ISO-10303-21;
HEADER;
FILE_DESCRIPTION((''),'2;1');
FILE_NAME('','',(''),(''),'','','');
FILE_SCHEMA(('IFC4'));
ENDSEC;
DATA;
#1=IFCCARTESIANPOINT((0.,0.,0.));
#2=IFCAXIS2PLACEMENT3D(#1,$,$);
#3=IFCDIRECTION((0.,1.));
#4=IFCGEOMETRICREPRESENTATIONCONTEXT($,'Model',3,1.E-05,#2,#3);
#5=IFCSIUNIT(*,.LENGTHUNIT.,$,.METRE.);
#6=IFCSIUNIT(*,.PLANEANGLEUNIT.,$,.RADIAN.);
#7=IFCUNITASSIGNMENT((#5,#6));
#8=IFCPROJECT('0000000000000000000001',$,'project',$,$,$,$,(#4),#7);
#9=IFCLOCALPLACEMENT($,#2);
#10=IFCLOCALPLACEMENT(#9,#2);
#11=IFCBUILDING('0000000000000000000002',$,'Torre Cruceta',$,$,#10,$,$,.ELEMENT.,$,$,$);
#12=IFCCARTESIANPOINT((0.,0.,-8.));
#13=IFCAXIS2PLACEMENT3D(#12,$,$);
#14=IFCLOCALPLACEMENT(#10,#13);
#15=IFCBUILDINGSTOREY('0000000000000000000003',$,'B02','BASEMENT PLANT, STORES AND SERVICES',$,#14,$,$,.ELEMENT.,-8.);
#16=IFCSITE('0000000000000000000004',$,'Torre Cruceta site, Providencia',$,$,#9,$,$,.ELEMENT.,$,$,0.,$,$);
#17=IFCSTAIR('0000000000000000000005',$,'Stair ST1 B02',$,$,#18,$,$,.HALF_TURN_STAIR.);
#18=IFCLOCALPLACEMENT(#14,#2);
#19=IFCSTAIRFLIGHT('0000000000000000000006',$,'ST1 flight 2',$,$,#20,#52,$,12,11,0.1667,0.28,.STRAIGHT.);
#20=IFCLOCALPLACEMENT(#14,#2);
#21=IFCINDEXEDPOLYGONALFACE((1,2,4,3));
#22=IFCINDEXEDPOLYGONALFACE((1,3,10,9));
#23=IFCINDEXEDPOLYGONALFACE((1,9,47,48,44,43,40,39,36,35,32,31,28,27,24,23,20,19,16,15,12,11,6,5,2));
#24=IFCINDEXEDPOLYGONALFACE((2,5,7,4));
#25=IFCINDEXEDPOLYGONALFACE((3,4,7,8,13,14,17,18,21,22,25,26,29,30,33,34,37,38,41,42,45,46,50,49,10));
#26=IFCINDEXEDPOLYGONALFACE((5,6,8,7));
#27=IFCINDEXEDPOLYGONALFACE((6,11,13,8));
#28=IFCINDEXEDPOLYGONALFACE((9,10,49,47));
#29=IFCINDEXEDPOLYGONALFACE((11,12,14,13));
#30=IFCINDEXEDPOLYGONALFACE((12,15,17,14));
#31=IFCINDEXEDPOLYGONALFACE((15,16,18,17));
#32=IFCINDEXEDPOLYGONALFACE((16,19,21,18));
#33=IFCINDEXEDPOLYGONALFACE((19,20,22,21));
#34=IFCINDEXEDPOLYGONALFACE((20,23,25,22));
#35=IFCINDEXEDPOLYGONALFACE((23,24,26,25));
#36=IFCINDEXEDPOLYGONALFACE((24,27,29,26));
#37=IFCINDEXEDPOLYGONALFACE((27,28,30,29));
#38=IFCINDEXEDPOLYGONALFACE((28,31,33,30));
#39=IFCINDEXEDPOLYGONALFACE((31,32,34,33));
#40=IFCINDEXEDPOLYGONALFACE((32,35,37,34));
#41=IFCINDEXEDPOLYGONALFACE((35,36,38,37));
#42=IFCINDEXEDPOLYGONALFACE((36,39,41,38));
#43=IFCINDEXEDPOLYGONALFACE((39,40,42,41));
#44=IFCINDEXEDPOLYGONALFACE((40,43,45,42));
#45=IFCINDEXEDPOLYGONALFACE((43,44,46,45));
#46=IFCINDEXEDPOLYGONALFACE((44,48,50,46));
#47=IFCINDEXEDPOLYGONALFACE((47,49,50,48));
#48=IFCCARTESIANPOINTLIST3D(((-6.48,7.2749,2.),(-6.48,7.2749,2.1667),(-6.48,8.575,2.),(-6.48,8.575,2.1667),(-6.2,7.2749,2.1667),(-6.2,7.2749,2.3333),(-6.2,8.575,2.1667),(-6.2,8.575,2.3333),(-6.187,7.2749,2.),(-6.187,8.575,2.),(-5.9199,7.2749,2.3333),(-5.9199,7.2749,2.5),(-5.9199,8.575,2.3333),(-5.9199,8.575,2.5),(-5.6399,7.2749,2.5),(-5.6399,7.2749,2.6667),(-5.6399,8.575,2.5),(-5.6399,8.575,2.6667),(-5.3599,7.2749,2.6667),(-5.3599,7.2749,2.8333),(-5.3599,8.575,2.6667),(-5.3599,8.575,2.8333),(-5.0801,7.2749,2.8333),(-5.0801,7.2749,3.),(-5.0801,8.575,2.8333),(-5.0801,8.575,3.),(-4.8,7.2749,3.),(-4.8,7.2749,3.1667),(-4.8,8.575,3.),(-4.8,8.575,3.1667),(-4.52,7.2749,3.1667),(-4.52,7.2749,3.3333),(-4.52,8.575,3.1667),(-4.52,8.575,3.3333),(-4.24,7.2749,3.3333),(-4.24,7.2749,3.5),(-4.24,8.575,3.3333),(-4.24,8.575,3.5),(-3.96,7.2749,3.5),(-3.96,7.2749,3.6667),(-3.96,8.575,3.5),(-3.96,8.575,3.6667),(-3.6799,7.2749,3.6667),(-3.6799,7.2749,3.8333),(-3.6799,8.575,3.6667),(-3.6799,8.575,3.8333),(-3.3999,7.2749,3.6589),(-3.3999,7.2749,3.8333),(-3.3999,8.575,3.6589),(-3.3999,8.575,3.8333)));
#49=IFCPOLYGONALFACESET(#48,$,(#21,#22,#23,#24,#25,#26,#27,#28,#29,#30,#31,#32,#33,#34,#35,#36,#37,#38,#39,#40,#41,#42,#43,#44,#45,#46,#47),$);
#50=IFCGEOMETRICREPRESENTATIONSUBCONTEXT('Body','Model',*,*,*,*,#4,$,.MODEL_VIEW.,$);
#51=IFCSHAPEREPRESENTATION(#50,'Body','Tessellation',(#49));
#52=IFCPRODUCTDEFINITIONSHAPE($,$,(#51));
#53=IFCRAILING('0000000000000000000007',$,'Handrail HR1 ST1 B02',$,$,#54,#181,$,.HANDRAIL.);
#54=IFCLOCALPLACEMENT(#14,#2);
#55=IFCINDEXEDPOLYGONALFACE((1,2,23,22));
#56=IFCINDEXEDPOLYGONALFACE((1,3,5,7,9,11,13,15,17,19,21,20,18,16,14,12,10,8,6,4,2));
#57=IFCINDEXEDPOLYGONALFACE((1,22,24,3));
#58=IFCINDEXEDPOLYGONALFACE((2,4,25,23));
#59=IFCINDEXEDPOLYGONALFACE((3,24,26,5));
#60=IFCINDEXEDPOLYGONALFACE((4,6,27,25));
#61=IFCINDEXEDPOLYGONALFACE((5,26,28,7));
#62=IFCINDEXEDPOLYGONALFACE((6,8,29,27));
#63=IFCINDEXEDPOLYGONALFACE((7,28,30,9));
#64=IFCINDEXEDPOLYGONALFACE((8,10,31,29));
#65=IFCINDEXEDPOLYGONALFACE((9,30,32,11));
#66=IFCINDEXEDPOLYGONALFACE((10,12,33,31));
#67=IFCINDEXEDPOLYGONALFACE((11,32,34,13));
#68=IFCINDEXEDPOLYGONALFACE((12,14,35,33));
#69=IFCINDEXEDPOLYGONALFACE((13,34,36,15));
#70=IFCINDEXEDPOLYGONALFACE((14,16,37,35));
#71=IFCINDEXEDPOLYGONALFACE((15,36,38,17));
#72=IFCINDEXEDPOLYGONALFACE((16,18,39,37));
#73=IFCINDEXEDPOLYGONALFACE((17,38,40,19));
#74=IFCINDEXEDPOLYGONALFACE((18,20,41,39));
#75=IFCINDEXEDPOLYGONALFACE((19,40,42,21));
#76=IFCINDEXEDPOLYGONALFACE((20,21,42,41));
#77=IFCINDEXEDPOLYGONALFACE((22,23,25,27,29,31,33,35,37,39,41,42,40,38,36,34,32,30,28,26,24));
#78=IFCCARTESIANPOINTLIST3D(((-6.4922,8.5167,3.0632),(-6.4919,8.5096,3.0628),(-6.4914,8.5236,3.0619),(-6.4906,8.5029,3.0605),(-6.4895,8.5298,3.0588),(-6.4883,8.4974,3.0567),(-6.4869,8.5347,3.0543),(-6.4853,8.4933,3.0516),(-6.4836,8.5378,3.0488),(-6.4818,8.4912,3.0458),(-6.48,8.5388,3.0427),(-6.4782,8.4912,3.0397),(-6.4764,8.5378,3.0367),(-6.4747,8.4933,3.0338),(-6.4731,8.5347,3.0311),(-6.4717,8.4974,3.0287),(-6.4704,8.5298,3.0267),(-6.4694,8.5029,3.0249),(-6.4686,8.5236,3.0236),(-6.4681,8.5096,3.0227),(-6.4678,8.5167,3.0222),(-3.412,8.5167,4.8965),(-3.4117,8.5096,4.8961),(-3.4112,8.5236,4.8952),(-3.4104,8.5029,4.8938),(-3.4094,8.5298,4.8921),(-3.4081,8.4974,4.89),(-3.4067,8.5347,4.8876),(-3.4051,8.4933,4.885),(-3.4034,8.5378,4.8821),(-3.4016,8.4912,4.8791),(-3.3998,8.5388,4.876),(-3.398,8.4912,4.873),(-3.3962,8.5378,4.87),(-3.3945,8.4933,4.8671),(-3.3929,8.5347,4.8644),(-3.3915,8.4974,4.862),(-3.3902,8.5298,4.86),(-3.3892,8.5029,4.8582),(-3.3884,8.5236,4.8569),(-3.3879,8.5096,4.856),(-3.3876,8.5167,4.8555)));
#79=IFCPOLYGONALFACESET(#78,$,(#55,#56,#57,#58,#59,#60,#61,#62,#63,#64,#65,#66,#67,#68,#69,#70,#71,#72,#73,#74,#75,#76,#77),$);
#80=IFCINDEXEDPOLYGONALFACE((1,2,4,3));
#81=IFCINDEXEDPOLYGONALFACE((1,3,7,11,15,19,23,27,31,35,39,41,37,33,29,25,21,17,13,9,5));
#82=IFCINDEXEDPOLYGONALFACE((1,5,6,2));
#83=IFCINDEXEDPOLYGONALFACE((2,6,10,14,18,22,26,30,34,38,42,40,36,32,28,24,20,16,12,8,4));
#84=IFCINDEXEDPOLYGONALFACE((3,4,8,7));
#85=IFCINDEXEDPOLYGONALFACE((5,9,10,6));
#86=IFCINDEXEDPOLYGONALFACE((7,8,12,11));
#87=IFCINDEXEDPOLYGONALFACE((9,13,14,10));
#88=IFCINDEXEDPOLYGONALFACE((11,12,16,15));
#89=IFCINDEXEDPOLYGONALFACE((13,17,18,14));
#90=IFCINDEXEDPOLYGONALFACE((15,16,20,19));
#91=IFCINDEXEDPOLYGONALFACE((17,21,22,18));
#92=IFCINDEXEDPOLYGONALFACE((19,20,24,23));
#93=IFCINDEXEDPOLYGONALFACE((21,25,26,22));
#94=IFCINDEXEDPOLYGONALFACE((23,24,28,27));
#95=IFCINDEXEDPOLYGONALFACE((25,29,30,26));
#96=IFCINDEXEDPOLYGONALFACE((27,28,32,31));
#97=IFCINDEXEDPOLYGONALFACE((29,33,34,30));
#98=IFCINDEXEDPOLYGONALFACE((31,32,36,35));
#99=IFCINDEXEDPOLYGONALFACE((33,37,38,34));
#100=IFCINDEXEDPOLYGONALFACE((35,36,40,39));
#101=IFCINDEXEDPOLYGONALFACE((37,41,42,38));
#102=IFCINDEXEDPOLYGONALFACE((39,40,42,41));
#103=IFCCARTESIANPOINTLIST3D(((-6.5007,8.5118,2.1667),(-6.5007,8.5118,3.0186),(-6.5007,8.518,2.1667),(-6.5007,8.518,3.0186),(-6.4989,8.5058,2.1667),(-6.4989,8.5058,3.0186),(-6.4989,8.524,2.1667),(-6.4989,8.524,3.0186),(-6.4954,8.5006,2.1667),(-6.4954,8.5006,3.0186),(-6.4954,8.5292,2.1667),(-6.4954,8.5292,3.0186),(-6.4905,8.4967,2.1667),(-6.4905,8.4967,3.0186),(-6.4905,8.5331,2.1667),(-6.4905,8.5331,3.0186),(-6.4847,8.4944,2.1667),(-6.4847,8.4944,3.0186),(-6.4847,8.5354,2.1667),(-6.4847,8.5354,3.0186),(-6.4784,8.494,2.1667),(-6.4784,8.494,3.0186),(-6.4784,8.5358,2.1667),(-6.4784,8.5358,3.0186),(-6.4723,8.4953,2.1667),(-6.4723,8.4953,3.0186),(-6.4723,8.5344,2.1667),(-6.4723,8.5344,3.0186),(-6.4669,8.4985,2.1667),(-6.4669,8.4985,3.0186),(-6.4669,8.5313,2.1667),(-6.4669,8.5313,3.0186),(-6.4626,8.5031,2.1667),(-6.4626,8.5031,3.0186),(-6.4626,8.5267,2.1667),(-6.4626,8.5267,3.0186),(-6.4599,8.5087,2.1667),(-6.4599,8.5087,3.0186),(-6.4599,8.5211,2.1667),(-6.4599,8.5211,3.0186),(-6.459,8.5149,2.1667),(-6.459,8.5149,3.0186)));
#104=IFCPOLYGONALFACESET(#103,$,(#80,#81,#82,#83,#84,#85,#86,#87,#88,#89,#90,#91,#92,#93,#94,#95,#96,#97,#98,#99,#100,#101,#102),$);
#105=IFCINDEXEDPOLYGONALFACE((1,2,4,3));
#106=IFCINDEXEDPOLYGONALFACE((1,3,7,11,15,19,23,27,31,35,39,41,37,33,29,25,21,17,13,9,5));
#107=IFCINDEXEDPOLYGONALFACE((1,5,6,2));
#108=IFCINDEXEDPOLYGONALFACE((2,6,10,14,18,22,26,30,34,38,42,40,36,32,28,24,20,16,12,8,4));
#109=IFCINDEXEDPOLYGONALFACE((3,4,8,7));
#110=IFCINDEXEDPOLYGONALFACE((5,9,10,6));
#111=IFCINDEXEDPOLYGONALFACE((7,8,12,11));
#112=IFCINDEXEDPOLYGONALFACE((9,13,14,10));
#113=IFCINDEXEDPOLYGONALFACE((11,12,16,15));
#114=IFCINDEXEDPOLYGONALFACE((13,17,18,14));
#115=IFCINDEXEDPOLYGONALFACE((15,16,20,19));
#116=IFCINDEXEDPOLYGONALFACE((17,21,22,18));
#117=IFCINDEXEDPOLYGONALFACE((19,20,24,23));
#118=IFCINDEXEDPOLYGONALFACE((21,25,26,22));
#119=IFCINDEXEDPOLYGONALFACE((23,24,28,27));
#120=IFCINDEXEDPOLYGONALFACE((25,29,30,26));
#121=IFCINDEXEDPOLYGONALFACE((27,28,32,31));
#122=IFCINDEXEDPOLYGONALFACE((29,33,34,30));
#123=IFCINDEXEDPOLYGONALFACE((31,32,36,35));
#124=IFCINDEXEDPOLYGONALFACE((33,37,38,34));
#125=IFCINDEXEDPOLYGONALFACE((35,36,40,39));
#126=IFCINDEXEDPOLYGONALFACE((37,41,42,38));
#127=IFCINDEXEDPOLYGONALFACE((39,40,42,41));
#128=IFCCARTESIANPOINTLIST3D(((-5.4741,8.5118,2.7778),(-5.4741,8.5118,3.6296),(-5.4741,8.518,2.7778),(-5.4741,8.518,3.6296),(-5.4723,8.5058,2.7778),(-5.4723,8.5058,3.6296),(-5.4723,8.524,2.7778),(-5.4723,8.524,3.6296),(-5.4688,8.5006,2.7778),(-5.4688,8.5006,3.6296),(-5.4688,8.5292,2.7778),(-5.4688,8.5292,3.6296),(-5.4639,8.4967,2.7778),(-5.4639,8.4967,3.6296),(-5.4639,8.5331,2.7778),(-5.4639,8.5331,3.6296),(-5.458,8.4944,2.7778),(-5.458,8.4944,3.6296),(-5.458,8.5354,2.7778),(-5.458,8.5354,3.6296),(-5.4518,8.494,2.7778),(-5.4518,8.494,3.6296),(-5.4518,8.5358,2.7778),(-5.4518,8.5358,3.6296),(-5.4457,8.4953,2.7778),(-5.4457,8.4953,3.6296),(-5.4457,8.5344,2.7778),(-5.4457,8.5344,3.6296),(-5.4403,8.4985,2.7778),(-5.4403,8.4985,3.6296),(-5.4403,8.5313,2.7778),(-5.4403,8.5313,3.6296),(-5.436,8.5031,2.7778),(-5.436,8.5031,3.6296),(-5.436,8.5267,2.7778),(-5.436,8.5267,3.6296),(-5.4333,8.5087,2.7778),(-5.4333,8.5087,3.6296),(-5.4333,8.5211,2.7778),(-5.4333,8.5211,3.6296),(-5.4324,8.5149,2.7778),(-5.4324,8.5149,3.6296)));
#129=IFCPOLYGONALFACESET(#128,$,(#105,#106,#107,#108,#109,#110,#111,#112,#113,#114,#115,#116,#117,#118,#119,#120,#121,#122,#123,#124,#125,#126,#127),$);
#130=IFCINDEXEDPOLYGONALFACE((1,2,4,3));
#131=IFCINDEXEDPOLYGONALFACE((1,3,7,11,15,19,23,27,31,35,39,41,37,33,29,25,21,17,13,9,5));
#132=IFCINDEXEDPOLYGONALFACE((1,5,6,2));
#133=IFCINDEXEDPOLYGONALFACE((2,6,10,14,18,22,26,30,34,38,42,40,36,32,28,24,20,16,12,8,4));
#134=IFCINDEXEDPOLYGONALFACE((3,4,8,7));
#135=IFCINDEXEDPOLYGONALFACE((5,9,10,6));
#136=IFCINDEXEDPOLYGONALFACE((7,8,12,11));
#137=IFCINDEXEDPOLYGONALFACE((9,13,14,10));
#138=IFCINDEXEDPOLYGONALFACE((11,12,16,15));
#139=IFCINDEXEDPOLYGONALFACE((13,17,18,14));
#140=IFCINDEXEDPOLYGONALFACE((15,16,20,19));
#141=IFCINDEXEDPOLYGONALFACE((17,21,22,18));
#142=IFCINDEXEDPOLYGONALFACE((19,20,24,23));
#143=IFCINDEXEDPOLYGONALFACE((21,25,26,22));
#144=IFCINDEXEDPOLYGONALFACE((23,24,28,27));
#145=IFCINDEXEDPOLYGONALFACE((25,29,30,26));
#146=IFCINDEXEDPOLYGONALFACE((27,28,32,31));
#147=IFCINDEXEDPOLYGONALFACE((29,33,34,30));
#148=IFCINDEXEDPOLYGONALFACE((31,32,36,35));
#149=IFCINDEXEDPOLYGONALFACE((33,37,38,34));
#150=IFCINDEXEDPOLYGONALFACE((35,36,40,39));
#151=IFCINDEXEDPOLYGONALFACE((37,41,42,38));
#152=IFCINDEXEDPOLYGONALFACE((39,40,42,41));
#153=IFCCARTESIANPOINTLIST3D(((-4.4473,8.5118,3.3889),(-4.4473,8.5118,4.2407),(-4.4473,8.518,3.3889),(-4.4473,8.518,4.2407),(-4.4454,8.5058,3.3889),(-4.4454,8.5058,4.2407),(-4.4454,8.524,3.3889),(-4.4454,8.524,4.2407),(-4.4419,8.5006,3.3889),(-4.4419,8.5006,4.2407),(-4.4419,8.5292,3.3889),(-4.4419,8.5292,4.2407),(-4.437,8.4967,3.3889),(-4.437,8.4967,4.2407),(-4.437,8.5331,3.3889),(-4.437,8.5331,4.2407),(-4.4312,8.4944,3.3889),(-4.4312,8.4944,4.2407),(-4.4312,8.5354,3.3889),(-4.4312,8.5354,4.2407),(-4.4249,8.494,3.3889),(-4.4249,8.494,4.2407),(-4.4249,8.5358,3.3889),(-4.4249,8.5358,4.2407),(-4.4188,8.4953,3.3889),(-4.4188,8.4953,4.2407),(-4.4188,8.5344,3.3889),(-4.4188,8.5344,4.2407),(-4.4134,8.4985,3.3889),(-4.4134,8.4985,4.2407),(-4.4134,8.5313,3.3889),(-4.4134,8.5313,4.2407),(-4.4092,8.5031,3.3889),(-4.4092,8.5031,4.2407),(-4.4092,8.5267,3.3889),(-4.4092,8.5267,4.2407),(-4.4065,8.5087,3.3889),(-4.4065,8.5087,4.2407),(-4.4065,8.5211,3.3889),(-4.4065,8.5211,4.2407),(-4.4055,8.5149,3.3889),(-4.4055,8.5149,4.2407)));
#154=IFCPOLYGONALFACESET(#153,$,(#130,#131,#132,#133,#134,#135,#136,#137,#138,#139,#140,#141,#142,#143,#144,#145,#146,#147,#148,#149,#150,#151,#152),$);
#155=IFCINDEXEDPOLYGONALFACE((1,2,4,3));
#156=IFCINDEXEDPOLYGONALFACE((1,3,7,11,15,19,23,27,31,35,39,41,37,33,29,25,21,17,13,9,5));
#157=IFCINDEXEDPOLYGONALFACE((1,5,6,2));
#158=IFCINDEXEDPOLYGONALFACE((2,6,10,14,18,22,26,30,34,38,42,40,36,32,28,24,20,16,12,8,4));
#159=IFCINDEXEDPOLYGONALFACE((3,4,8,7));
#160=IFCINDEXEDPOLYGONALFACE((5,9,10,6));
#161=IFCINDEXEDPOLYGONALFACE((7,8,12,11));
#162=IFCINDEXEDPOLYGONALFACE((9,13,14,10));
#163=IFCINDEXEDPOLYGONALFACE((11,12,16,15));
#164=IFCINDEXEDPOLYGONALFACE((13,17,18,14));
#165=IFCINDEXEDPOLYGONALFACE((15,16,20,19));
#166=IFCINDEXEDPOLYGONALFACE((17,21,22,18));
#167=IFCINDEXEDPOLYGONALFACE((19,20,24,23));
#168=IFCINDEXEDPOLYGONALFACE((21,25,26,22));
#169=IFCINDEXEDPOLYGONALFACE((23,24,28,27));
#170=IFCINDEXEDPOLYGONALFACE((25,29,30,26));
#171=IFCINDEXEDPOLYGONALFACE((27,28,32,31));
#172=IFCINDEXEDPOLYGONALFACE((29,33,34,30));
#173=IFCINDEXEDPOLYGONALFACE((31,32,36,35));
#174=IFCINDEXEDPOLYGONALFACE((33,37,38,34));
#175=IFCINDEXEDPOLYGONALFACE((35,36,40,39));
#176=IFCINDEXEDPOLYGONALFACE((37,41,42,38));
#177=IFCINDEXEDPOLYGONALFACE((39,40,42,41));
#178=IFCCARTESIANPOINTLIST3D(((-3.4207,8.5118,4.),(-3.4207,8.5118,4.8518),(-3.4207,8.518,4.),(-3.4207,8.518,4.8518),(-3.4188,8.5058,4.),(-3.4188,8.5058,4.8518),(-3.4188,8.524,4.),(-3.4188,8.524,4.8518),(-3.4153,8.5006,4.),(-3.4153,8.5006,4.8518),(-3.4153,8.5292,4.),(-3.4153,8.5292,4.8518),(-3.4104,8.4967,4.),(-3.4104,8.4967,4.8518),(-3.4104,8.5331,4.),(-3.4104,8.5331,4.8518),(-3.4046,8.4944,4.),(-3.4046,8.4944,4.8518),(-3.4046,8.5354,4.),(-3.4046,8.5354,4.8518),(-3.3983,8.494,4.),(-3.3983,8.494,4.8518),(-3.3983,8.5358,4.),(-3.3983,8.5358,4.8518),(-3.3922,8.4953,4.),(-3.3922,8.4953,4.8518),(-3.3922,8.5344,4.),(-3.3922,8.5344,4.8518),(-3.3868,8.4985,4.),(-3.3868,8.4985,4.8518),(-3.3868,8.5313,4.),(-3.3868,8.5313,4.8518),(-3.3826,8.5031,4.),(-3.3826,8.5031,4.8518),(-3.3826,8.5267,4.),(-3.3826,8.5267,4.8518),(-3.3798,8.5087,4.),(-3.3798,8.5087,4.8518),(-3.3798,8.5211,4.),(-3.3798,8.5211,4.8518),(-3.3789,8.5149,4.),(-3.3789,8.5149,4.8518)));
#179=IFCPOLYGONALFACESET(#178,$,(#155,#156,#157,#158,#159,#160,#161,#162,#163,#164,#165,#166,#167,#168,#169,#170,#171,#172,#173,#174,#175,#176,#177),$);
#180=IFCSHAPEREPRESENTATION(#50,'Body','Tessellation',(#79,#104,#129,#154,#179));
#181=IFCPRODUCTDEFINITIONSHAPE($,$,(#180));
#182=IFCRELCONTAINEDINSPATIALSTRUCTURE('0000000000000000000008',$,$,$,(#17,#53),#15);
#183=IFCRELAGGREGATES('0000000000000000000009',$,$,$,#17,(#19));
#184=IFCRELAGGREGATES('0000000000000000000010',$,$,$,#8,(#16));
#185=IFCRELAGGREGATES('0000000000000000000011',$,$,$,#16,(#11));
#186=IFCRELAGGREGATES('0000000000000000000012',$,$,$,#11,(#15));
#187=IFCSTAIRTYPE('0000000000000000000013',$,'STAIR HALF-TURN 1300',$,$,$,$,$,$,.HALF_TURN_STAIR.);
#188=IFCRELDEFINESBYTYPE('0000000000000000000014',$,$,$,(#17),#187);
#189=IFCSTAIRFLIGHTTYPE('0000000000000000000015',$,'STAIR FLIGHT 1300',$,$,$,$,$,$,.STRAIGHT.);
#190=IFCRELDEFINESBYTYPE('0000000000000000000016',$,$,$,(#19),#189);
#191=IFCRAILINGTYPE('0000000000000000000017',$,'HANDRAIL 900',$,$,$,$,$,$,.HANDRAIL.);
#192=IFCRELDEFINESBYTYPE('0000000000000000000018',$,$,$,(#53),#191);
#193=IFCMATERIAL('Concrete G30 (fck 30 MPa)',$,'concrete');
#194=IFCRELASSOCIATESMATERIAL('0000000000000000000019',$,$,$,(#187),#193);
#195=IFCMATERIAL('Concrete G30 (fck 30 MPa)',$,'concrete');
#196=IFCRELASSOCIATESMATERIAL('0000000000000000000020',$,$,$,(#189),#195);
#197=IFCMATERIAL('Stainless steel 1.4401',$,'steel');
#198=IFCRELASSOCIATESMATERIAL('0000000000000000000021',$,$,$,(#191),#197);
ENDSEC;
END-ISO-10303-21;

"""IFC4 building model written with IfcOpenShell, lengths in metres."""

from ifc_helpers import new_model, si_unit, direction, frame, origin, origin_2d, place, context, subcontext, project, spatial, polyline, circle, outline, extrude, material, type_object, element, aggregate, save


model = new_model("IFC4")

# Units and contexts
model_context = context("Model", 3, precision=1e-05, world=origin(), true_north=direction((0.0, 1.0)))
body_context = subcontext(model_context, "Body", "Model", "MODEL_VIEW")
ifc_project = project(units=[si_unit("LENGTHUNIT", "METRE"), si_unit("PLANEANGLEUNIT", "RADIAN")], contexts=[model_context])

# Site, building, storey
site_placement = place(None, origin())
site = spatial("IfcSite", under=ifc_project, at=site_placement, Name="Torre Cruceta site, Providencia", CompositionType="ELEMENT", RefElevation=0.0)
building_placement = place(site_placement, origin())
building = spatial("IfcBuilding", under=site, at=building_placement, Name="Torre Cruceta", CompositionType="ELEMENT")
storey_placement = place(building_placement, frame((0.0, 0.0, -8.0)))
storey = spatial("IfcBuildingStorey", under=building, at=storey_placement, Name="B02", Description="BASEMENT PLANT, STORES AND SERVICES", CompositionType="ELEMENT", Elevation=-8.0)

# Stair, stair flight
ifc_material_1 = material(Name="Concrete G30 (fck 30 MPa)", Category="concrete")
stair_type = type_object("IfcStairType", Name="STAIR HALF-TURN 1300", PredefinedType="HALF_TURN_STAIR", material=ifc_material_1)
stair_placement = place(storey_placement, origin())
stair = element("IfcStair", 1, at=stair_placement, inside=storey, type_object=stair_type, Name="Stair ST1 B02", PredefinedType="HALF_TURN_STAIR")
ifc_material_2 = material(Name="Concrete G30 (fck 30 MPa)", Category="concrete")
stair_flight_type = type_object("IfcStairFlightType", Name="STAIR FLIGHT 1300", PredefinedType="STRAIGHT", material=ifc_material_2)
stair_flight_1_placement = place(storey_placement, frame((-6.48, 7.925, 2.0), z_axis=(0.0, 0.0, 1.0), x_axis=(1.0, 0.0, 0.0)))
stair_flight_1 = element("IfcStairFlight", 2, at=stair_flight_1_placement, type_object=stair_flight_type, Name="ST1 flight 2", NumberOfRisers=12, NumberOfTreads=11, PredefinedType="STRAIGHT", RiserHeight=0.1667, TreadLength=0.28, context=body_context, shape_type="SweptSolid", body=[
    extrude(outline(polyline([(0.0, 0.0), (0.0, 0.1667), (0.28, 0.1667), (0.28, 0.3333), (0.5601, 0.3333), (0.5601, 0.5), (0.8401, 0.5), (0.8401, 0.6667), (1.1201, 0.6667), (1.1201, 0.8333), (1.3999, 0.8333), (1.3999, 1.0), (1.6799, 1.0), (1.6799, 1.1667), (1.96, 1.1667), (1.96, 1.3333), (2.24, 1.3333), (2.24, 1.5), (2.52, 1.5), (2.52, 1.6667), (2.8, 1.6667), (2.8, 1.8333), (3.0801, 1.8333), (3.0801, 2.0), (3.0801, 1.6589), (0.293, 0.0), (0.0, 0.0)])), frame((0.0, 0.6499, 0.0), z_axis=(0.0, -1.0, 0.0), x_axis=(1.0, 0.0, 0.0)), (0.0, 0.0, 1.0), 1.3),
])
aggregate(stair, [stair_flight_1])

# Railing
ifc_material_3 = material(Name="Stainless steel 1.4401", Category="steel")
railing_type = type_object("IfcRailingType", Name="HANDRAIL 900", PredefinedType="HANDRAIL", material=ifc_material_3)
railing_1_placement = place(storey_placement, frame((-6.48, 8.5149, 2.1667)))
element("IfcRailing", 3, at=railing_1_placement, inside=storey, type_object=railing_type, Name="Handrail HR1 ST1 B02", PredefinedType="HANDRAIL", context=body_context, shape_type="SweptSolid", body=[
    extrude(circle(Radius=0.0239, at=origin_2d()), frame((0.0, 0.0, 0.876), z_axis=(0.859309, 0.0, 0.511458), x_axis=(0.0, 1.0, 0.0)), (0.0, 0.0, 1.0), 3.5845),
    extrude(circle(Radius=0.021, at=origin_2d()), origin(), (0.0, 0.0, 1.0), 0.8518),
    extrude(circle(Radius=0.021, at=origin_2d()), frame((1.0266, 0.0, 0.6111)), (0.0, 0.0, 1.0), 0.8518),
    extrude(circle(Radius=0.021, at=origin_2d()), frame((2.0535, 0.0, 1.2222)), (0.0, 0.0, 1.0), 0.8518),
    extrude(circle(Radius=0.021, at=origin_2d()), frame((3.0801, 0.0, 1.8333)), (0.0, 0.0, 1.0), 0.8518),
])

save(model, "model.ifc")
